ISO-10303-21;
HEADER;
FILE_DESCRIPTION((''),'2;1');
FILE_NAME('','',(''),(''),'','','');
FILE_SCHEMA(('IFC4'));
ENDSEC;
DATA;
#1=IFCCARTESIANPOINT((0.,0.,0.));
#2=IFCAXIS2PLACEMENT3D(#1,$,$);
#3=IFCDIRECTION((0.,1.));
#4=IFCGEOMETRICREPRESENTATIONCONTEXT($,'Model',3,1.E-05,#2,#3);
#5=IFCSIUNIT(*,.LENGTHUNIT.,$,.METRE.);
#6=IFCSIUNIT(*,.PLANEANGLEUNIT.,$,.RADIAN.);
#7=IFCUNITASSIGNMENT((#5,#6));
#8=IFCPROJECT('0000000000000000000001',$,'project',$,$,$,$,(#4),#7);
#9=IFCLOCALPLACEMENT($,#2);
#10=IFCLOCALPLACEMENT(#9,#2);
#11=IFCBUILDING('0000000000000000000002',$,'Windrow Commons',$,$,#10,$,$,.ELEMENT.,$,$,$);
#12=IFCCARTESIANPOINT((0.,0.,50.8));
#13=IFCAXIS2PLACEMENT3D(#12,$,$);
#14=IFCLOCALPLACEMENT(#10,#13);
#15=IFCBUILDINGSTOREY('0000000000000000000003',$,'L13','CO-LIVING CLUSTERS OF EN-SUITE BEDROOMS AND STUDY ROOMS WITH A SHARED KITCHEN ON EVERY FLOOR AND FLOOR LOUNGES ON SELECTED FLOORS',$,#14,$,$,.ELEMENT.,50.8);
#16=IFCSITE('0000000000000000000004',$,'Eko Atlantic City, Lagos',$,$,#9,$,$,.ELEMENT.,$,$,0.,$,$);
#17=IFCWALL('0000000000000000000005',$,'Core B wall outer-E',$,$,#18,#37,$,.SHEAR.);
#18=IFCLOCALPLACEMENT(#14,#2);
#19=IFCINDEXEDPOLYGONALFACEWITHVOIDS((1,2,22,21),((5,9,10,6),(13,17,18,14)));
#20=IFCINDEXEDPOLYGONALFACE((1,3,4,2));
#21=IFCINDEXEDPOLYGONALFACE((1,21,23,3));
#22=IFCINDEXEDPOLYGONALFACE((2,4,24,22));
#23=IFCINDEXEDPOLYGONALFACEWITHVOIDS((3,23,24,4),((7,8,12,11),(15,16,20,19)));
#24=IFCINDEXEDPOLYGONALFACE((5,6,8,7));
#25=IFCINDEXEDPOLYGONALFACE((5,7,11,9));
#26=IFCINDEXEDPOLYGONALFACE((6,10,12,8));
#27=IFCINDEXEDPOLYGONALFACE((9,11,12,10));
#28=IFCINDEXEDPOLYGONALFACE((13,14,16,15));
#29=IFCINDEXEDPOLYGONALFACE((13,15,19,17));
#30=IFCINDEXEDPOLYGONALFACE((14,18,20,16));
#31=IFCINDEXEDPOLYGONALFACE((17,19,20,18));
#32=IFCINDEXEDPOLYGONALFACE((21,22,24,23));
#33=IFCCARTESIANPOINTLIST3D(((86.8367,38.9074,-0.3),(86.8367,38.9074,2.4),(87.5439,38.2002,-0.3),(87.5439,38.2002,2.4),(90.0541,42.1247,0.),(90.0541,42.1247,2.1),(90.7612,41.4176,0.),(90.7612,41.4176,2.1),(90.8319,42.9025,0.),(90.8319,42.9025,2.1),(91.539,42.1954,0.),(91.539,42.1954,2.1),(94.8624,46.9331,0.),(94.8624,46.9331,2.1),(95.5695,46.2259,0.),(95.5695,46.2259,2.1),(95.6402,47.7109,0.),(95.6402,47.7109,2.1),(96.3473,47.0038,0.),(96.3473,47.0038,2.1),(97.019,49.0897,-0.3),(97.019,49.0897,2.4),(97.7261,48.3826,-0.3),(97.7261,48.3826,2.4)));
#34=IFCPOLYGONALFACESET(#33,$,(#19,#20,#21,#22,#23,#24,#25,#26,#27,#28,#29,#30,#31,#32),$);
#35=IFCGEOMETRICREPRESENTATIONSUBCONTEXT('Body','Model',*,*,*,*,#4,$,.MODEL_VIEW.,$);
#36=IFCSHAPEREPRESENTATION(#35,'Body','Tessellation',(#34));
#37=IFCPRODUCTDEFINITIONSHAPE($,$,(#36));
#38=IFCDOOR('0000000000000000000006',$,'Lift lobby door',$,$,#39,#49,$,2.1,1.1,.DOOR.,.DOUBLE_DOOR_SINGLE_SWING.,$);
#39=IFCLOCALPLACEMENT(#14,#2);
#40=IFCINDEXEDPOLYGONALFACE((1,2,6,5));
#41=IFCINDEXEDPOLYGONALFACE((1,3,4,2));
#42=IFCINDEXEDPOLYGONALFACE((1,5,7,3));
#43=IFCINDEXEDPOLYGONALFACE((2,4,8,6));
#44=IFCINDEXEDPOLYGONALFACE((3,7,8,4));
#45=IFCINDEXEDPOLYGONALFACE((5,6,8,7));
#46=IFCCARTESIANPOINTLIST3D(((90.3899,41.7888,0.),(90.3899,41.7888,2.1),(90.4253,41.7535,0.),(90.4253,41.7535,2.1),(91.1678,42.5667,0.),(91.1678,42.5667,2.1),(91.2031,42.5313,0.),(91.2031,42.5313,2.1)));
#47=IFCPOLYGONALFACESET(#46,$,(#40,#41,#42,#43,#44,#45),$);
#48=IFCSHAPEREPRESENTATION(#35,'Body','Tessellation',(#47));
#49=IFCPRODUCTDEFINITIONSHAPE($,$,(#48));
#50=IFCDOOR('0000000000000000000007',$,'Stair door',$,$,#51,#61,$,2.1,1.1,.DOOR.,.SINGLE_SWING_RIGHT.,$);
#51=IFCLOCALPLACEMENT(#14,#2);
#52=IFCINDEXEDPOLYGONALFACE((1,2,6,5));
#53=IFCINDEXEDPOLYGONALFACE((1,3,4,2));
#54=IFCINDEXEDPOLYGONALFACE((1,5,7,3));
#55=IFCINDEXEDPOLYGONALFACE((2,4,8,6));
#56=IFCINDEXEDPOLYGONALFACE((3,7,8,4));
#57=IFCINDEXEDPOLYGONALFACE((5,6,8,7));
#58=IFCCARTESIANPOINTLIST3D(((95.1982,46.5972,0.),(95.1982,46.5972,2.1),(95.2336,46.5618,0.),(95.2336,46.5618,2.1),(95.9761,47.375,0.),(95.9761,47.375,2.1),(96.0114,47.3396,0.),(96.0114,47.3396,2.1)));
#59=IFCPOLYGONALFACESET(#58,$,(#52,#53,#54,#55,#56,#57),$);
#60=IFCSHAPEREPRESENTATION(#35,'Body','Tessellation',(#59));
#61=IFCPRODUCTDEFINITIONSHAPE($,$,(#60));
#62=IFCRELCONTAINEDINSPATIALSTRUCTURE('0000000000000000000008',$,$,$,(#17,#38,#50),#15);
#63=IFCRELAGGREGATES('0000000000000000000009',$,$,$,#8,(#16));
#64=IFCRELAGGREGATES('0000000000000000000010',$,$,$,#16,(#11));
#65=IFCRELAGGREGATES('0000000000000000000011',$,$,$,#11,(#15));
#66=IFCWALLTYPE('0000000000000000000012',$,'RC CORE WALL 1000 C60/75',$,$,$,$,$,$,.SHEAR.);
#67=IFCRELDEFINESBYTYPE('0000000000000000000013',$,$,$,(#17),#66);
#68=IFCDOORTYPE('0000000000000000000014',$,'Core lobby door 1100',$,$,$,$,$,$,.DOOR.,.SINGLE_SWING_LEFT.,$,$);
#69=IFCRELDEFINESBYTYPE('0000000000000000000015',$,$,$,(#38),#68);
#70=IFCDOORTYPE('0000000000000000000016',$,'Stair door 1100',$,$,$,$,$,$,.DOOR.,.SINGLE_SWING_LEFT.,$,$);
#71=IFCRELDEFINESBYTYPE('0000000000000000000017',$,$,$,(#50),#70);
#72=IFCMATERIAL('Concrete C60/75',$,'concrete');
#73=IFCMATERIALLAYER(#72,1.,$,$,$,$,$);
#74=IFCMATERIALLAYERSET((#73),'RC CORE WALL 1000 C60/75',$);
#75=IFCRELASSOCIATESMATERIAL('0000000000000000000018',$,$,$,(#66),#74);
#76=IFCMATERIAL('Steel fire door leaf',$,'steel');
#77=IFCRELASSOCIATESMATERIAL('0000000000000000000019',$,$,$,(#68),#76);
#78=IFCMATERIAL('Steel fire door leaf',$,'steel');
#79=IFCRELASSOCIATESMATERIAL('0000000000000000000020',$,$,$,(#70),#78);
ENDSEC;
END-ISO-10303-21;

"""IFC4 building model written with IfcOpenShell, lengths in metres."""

from ifc_helpers import new_model, si_unit, direction, frame, frame_2d, origin, place, context, subcontext, project, spatial, rectangle, extrude, material, layer, layer_set, type_object, element, fill, save


model = new_model("IFC4")

# Units and contexts
model_context = context("Model", 3, precision=1e-05, world=origin(), true_north=direction((0.0, 1.0)))
body_context = subcontext(model_context, "Body", "Model", "MODEL_VIEW")
ifc_project = project(units=[si_unit("LENGTHUNIT", "METRE"), si_unit("PLANEANGLEUNIT", "RADIAN")], contexts=[model_context])

# Site, building, storey
site_placement = place(None, origin())
site = spatial("IfcSite", under=ifc_project, at=site_placement, Name="Eko Atlantic City, Lagos", CompositionType="ELEMENT", RefElevation=0.0)
building_placement = place(site_placement, origin())
building = spatial("IfcBuilding", under=site, at=building_placement, Name="Windrow Commons", CompositionType="ELEMENT")
storey_placement = place(building_placement, frame((0.0, 0.0, 50.8)))
storey = spatial("IfcBuildingStorey", under=building, at=storey_placement, Name="L13", Description="CO-LIVING CLUSTERS OF EN-SUITE BEDROOMS AND STUDY ROOMS WITH A SHARED KITCHEN ON EVERY FLOOR AND FLOOR LOUNGES ON SELECTED FLOORS", CompositionType="ELEMENT", Elevation=50.8)

# Wall, openings, doors
ifc_material_1 = material(Name="Concrete C60/75", Category="concrete")
ifc_layer_1 = layer(ifc_material_1, 1.0)
ifc_layer_set_1 = layer_set([ifc_layer_1], Name="RC CORE WALL 1000 C60/75")
wall_type_1 = type_object("IfcWallType", Name="RC CORE WALL 1000 C60/75", PredefinedType="SHEAR", material=ifc_layer_set_1)
wall_1_placement = place(storey_placement, frame((87.1903, 38.5538, -0.3), z_axis=(0.0, 0.0, 1.0), x_axis=(0.707103, 0.70711, 0.0)))
wall_1 = element("IfcWall", 1, at=wall_1_placement, inside=storey, type_object=wall_type_1, Name="Core B wall outer-E", PredefinedType="SHEAR", context=body_context, shape_type="SweptSolid", body=[
    extrude(rectangle(XDim=14.4, YDim=1.0, at=frame_2d((7.2, 0.0))), origin(), (0.0, 0.0, 1.0), 2.7),
])
opening_1_placement = place(wall_1_placement, frame((4.55, 0.0, 0.3)))
opening_1 = element("IfcOpeningElement", 2, at=opening_1_placement, cuts=wall_1, PredefinedType="OPENING", context=body_context, shape_type="SweptSolid", body=[
    extrude(rectangle(XDim=1.1, YDim=2.1, at=frame_2d((0.55, 1.05))), frame((0.0, 0.51, 0.0), z_axis=(0.0, -1.0, 0.0), x_axis=(1.0, 0.0, 0.0)), (0.0, 0.0, 1.0), 1.02),
])
opening_2_placement = place(wall_1_placement, frame((11.35, 0.0, 0.3)))
opening_2 = element("IfcOpeningElement", 3, at=opening_2_placement, cuts=wall_1, PredefinedType="OPENING", context=body_context, shape_type="SweptSolid", body=[
    extrude(rectangle(XDim=1.1, YDim=2.1, at=frame_2d((0.55, 1.05))), frame((0.0, 0.51, 0.0), z_axis=(0.0, -1.0, 0.0), x_axis=(1.0, 0.0, 0.0)), (0.0, 0.0, 1.0), 1.02),
])
ifc_material_2 = material(Name="Steel fire door leaf", Category="steel")
door_type_1 = type_object("IfcDoorType", Name="Core lobby door 1100", OperationType="SINGLE_SWING_LEFT", PredefinedType="DOOR", material=ifc_material_2)
door_1_placement = place(opening_1_placement, origin())
door_1 = element("IfcDoor", 4, at=door_1_placement, inside=storey, type_object=door_type_1, Name="Lift lobby door", OperationType="DOUBLE_DOOR_SINGLE_SWING", OverallHeight=2.1, OverallWidth=1.1, PredefinedType="DOOR", context=body_context, shape_type="SweptSolid", body=[
    extrude(rectangle(XDim=1.1, YDim=2.1, at=frame_2d((0.55, 1.05))), frame((0.0, 0.025, 0.0), z_axis=(0.0, -1.0, 0.0), x_axis=(1.0, 0.0, 0.0)), (0.0, 0.0, 1.0), 0.05),
])
fill(opening_1, door_1)
ifc_material_3 = material(Name="Steel fire door leaf", Category="steel")
door_type_2 = type_object("IfcDoorType", Name="Stair door 1100", OperationType="SINGLE_SWING_LEFT", PredefinedType="DOOR", material=ifc_material_3)
door_2_placement = place(opening_2_placement, origin())
door_2 = element("IfcDoor", 5, at=door_2_placement, inside=storey, type_object=door_type_2, Name="Stair door", OperationType="SINGLE_SWING_RIGHT", OverallHeight=2.1, OverallWidth=1.1, PredefinedType="DOOR", context=body_context, shape_type="SweptSolid", body=[
    extrude(rectangle(XDim=1.1, YDim=2.1, at=frame_2d((0.55, 1.05))), frame((0.0, 0.025, 0.0), z_axis=(0.0, -1.0, 0.0), x_axis=(1.0, 0.0, 0.0)), (0.0, 0.0, 1.0), 0.05),
])
fill(opening_2, door_2)

save(model, "model.ifc")
